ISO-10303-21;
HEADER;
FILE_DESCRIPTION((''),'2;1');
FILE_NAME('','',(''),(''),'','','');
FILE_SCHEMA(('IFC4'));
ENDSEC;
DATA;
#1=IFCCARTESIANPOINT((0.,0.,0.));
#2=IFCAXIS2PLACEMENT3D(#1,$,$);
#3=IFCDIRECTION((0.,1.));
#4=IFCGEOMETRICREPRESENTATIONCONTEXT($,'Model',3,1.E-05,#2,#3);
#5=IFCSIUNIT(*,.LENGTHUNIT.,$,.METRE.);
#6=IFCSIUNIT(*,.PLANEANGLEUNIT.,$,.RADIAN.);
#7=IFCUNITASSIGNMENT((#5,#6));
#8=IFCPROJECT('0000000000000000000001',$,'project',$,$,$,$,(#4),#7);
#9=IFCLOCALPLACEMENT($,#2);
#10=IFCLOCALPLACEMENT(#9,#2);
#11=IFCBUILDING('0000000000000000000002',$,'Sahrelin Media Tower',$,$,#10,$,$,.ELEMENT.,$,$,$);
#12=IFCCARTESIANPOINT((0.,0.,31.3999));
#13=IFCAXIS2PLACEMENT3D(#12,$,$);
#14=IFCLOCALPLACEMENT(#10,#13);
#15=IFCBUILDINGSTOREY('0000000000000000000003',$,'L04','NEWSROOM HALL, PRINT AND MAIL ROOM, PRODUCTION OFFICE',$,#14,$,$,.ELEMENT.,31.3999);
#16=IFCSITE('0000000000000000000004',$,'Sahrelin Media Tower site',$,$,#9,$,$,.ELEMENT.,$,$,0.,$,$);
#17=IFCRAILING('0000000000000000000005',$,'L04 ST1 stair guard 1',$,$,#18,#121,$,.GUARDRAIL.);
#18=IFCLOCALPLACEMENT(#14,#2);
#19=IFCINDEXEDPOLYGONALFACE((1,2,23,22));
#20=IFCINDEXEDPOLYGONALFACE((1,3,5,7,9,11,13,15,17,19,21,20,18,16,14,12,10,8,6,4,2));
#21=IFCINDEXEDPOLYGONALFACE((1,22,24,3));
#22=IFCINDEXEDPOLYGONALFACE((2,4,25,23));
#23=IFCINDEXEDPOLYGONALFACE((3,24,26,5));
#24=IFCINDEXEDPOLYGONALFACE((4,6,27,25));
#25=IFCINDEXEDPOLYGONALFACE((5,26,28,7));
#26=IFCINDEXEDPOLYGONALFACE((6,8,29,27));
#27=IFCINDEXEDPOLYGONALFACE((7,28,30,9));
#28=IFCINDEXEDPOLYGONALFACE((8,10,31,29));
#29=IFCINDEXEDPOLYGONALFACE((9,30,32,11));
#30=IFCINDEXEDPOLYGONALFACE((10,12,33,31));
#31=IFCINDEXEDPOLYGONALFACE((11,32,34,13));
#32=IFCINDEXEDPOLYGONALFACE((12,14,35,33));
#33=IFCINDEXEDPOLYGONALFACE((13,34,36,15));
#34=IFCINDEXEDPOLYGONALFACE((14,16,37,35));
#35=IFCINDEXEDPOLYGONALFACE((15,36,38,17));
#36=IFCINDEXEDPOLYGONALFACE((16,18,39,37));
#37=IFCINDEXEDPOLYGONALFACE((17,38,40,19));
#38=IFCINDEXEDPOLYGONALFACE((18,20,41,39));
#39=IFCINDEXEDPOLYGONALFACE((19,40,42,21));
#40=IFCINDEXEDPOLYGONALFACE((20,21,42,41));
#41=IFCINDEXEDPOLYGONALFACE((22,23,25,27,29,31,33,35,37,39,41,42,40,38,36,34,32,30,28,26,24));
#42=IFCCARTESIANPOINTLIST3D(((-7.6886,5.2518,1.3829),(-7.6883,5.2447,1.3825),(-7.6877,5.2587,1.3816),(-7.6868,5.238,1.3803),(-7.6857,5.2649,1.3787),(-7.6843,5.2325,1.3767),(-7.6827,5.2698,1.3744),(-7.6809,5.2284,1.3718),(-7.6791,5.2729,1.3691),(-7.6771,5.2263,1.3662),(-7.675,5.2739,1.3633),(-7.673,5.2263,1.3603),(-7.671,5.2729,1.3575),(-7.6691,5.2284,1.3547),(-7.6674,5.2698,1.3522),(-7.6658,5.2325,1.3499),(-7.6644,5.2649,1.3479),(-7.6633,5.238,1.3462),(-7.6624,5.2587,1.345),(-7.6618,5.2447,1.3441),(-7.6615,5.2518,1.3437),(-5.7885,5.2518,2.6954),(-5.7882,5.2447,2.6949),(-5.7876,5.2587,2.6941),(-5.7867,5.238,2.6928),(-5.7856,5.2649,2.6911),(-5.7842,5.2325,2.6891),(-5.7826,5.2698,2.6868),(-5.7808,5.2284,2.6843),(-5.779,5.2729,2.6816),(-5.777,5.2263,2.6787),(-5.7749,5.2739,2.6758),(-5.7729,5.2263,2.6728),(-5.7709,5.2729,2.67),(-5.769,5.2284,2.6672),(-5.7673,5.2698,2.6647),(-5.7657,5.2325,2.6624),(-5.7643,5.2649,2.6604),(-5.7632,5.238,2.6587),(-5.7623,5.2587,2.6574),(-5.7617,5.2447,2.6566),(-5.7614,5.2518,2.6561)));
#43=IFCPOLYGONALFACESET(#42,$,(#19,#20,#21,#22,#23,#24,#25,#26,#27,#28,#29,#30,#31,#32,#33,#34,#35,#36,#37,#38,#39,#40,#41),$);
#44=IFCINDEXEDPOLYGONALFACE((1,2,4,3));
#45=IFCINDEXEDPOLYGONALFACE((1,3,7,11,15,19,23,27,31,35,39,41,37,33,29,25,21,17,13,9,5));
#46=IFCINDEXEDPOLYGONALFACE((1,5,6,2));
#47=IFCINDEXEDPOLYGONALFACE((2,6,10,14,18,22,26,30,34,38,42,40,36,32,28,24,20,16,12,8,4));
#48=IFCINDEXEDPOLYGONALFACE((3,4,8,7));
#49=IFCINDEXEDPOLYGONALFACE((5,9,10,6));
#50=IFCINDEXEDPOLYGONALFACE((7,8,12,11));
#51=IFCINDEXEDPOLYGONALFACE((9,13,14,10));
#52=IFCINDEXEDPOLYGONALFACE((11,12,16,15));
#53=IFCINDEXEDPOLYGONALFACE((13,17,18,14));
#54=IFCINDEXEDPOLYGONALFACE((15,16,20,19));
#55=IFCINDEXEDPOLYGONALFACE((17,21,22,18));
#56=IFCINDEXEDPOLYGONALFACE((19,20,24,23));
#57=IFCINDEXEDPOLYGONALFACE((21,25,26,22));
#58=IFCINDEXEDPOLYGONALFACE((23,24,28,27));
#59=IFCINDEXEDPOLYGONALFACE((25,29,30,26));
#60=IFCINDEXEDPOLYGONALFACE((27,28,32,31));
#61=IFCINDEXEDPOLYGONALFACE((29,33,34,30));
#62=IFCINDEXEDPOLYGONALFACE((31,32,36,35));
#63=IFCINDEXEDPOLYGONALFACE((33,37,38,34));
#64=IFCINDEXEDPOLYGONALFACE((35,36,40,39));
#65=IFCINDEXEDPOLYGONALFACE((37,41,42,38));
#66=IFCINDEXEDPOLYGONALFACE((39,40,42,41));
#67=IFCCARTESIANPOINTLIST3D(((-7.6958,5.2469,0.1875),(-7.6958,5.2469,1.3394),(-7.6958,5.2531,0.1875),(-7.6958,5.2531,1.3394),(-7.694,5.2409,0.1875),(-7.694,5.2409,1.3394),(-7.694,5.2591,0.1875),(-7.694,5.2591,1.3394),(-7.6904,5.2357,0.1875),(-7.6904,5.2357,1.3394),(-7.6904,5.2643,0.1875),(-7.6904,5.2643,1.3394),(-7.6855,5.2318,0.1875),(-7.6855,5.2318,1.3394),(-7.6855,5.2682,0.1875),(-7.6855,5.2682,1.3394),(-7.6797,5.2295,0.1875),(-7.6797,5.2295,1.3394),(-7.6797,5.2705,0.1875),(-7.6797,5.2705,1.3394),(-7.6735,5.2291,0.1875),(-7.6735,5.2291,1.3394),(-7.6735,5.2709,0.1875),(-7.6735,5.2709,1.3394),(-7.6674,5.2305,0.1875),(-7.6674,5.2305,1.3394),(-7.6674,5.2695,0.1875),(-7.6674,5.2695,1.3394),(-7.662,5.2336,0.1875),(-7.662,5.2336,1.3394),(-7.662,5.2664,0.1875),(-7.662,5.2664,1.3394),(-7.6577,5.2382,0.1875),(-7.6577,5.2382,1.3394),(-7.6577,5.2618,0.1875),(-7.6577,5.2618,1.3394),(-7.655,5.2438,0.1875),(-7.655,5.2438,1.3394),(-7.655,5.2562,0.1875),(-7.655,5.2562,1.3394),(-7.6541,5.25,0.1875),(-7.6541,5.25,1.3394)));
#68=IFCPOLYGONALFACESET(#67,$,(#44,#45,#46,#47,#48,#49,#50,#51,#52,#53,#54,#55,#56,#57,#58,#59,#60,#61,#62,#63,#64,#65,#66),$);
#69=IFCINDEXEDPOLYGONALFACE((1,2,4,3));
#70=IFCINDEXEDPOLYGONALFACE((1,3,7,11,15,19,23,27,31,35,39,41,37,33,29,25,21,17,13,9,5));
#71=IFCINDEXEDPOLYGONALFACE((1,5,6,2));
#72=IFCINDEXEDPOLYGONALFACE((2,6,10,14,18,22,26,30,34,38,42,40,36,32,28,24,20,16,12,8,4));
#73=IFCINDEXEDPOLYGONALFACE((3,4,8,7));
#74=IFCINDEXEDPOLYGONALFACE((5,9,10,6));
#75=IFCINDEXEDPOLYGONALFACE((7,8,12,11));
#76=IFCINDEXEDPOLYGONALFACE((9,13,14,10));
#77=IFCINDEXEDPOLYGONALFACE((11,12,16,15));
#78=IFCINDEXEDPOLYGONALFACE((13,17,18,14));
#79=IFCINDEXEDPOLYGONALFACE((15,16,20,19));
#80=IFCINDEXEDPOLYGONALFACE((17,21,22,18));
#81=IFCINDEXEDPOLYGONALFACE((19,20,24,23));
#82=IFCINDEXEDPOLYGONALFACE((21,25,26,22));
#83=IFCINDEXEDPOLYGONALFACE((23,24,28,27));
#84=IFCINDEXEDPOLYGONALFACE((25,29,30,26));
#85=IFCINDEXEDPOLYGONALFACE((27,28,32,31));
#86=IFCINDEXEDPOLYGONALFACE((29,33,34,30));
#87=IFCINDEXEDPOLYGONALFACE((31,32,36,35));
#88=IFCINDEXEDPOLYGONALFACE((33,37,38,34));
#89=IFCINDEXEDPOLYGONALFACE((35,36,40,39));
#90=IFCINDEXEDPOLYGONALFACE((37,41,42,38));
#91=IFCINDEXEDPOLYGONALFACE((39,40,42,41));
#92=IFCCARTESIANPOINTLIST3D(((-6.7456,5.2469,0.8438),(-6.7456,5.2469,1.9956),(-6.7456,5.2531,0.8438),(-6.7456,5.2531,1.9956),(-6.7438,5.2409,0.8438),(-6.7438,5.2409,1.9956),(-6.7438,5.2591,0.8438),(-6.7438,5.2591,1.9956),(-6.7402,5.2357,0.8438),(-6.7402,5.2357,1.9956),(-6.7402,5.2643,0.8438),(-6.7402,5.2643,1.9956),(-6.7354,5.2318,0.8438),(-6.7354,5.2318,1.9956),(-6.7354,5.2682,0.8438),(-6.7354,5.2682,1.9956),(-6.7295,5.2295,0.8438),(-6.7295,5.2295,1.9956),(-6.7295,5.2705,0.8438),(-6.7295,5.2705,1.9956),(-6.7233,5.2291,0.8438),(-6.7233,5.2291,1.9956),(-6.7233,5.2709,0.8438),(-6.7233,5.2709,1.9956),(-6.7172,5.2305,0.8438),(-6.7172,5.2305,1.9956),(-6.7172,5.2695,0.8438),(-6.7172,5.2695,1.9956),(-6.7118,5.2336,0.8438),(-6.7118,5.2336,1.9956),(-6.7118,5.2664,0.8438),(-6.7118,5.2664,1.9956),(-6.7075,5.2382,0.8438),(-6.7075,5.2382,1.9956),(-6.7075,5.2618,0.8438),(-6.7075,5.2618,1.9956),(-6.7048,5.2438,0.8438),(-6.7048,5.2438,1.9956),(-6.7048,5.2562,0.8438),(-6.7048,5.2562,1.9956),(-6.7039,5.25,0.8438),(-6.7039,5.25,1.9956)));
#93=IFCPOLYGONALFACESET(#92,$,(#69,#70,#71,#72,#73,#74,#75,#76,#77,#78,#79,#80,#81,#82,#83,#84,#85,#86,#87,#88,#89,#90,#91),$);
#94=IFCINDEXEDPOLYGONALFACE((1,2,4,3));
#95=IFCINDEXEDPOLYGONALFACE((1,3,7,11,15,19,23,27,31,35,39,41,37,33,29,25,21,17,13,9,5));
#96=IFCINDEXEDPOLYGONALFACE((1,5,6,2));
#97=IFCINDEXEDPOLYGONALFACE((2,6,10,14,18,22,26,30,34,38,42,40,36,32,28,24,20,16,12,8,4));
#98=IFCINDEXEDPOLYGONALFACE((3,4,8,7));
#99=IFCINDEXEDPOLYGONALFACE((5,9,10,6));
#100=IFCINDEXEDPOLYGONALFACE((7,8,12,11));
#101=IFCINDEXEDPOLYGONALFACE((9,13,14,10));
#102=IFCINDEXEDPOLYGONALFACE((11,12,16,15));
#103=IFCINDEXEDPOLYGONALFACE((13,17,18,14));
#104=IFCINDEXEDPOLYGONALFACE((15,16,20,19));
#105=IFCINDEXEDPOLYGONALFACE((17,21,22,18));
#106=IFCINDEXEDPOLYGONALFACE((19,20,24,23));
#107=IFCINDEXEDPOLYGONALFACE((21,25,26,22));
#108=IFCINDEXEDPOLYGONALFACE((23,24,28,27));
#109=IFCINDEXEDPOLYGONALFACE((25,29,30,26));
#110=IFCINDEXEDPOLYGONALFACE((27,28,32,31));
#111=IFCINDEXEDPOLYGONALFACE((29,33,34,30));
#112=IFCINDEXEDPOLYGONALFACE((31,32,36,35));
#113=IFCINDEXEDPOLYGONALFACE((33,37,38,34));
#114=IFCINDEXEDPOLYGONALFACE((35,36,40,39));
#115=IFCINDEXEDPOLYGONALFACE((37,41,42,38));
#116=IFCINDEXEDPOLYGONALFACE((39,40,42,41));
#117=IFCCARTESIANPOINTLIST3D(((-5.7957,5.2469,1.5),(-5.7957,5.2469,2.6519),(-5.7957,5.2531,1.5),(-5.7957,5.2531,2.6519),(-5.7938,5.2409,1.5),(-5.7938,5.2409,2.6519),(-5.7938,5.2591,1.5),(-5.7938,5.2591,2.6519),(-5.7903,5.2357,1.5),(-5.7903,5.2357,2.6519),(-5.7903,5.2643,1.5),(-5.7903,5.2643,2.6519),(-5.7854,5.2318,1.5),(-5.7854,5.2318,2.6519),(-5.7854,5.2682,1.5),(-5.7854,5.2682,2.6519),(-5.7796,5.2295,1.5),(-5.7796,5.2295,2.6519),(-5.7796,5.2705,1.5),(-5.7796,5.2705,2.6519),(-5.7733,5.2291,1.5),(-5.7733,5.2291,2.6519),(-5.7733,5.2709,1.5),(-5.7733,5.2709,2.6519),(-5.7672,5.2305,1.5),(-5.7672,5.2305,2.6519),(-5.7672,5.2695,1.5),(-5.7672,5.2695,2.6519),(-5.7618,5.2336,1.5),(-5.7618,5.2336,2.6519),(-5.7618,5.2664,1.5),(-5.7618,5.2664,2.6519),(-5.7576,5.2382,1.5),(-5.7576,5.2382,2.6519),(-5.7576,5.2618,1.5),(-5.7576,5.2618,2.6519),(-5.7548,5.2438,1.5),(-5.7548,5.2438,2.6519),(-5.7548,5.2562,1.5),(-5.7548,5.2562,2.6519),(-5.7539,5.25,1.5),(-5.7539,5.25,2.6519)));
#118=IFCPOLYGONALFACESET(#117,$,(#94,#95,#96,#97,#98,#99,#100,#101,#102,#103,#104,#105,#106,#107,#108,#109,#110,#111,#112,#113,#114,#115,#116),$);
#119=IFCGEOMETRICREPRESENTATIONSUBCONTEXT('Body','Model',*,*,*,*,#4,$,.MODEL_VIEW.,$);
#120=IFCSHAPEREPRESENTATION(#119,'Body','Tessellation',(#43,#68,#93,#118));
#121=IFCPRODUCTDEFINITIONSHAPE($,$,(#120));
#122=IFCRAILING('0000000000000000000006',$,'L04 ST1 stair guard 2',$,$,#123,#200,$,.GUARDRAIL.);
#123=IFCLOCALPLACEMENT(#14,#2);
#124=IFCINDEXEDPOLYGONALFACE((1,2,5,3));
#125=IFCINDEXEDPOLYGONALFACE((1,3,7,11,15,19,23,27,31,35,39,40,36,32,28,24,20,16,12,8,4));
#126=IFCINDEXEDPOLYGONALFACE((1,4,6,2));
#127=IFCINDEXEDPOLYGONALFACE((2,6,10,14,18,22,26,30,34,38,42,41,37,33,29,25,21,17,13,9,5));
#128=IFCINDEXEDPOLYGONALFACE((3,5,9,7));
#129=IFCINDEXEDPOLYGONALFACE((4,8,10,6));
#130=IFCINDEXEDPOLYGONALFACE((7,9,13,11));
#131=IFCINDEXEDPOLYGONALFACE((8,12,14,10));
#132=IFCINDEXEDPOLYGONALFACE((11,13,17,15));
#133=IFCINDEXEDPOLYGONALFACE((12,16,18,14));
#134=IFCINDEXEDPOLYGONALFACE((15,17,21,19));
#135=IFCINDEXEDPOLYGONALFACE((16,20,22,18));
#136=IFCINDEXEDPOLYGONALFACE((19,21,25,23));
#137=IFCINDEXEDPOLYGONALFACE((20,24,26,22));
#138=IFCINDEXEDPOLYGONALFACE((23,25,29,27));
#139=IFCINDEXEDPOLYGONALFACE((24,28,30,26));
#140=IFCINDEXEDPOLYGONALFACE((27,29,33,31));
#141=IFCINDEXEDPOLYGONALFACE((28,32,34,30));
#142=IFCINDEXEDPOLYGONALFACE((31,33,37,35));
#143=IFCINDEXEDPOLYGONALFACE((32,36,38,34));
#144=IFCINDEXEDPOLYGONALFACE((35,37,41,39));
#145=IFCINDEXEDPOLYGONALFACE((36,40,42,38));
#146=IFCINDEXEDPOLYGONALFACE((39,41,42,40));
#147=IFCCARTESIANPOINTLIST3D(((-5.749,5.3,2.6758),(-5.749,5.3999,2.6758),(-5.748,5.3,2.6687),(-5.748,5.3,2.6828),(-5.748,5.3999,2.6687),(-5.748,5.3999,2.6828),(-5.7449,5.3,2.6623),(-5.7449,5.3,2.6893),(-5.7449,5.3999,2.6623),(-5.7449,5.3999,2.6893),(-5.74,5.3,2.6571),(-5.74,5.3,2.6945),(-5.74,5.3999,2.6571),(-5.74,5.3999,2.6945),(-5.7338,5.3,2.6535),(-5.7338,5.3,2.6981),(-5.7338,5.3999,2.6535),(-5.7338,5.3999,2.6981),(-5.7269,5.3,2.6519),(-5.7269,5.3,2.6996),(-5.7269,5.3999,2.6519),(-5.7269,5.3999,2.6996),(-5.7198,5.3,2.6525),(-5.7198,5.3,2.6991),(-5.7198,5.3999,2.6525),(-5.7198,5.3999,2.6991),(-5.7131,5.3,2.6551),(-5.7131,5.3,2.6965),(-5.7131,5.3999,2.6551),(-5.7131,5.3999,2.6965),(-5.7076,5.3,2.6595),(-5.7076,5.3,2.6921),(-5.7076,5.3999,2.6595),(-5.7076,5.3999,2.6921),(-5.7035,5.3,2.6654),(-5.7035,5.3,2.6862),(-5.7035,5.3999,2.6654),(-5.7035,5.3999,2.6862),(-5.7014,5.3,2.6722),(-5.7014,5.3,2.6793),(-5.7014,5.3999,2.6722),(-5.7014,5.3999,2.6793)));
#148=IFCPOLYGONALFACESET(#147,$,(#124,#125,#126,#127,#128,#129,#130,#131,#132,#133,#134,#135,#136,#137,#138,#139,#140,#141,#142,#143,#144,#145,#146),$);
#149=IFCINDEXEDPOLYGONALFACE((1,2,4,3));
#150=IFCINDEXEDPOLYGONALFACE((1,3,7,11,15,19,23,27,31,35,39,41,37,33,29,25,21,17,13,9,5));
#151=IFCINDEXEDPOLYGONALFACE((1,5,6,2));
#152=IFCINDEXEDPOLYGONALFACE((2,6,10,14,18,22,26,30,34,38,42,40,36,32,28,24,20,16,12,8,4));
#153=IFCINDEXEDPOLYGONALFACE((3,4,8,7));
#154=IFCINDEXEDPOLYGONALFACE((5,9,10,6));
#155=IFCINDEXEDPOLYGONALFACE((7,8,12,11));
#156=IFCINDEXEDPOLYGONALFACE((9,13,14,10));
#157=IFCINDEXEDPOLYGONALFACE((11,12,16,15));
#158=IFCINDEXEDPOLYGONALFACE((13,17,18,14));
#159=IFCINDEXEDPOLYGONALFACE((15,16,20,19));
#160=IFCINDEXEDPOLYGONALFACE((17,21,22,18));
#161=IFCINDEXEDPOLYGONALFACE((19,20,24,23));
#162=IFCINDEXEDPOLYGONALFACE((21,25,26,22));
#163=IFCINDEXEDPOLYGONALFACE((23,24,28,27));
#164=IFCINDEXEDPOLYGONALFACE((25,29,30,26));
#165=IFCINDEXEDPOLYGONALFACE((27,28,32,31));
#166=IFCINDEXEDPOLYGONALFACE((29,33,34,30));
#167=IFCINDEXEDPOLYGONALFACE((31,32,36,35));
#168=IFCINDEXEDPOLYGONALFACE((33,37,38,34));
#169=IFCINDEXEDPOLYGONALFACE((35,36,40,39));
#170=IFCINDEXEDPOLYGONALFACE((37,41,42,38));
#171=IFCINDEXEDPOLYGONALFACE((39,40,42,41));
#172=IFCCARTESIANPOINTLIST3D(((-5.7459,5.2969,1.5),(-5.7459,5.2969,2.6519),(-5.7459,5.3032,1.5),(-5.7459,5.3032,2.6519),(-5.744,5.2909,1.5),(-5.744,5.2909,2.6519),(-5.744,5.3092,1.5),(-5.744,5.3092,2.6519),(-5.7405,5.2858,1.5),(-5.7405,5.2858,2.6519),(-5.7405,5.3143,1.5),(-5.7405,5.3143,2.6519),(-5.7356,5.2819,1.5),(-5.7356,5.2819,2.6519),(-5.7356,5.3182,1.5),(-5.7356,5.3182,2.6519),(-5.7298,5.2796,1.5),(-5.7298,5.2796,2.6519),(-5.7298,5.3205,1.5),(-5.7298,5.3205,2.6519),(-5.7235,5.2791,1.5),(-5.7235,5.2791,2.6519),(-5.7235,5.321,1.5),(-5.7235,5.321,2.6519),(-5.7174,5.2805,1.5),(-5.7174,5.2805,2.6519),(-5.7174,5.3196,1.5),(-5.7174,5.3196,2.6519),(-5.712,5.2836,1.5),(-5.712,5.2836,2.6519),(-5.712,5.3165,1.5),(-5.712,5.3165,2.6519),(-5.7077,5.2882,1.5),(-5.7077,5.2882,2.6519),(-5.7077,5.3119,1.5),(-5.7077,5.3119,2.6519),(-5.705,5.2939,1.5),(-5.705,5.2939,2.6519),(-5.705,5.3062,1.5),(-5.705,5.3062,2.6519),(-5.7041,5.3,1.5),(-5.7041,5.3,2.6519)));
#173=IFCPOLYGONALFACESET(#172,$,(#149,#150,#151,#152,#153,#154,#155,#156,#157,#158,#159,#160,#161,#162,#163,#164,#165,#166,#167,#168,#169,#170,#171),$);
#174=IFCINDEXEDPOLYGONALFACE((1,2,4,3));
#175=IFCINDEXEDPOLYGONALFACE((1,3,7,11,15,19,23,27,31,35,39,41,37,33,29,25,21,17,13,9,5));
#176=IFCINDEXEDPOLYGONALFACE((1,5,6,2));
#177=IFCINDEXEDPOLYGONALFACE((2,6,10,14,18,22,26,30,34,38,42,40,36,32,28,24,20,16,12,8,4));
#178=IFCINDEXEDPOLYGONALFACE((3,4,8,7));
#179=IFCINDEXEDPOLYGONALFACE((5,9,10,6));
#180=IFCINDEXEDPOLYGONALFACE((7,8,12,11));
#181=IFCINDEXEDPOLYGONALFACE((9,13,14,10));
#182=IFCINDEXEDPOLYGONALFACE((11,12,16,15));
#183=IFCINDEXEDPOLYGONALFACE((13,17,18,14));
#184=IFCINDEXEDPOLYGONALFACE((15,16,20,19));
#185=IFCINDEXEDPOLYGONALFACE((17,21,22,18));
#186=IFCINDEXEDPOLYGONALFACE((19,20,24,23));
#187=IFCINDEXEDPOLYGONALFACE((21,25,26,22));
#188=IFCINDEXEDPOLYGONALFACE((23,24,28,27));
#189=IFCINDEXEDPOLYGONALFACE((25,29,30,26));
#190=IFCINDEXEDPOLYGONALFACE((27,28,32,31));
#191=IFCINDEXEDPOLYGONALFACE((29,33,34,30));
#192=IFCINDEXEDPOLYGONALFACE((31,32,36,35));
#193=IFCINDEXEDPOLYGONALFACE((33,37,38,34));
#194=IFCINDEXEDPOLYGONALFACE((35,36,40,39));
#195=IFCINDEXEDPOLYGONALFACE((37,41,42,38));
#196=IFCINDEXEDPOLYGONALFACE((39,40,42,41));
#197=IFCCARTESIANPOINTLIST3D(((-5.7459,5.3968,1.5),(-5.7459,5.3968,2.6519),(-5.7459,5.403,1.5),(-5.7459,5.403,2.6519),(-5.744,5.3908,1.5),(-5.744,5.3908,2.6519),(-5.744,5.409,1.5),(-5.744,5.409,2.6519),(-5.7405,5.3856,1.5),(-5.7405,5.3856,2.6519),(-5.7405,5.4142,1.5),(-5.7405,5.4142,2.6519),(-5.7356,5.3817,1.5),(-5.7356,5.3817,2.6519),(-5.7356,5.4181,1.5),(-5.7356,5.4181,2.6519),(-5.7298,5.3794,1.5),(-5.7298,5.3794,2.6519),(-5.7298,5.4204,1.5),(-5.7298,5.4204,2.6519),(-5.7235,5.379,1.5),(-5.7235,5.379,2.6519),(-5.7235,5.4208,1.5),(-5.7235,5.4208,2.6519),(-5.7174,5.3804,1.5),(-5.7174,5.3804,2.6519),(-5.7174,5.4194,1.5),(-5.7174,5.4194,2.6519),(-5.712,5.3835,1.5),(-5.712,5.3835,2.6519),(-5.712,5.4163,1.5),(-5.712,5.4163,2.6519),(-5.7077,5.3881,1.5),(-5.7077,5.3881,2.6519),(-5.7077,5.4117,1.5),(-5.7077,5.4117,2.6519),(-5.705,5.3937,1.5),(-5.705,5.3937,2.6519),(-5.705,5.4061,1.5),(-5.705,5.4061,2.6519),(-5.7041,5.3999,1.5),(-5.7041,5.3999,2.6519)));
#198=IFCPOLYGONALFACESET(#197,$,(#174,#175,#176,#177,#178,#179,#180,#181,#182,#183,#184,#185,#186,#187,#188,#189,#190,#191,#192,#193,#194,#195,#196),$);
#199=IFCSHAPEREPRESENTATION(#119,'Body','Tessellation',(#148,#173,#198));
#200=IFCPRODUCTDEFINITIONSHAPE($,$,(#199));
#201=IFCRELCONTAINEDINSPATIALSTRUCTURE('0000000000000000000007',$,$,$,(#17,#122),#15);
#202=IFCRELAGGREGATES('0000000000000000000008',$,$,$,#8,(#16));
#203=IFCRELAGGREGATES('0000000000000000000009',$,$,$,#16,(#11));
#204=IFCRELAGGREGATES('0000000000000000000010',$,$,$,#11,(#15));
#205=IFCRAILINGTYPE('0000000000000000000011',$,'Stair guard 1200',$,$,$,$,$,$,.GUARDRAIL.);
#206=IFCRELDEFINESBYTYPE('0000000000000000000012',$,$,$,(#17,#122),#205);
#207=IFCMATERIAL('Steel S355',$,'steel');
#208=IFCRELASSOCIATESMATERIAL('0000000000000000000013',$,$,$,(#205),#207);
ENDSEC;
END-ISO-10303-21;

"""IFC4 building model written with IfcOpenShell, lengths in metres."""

from ifc_helpers import new_model, si_unit, direction, frame, origin, origin_2d, place, context, subcontext, project, spatial, circle, extrude, material, type_object, element, save


model = new_model("IFC4")

# Units and contexts
model_context = context("Model", 3, precision=1e-05, world=origin(), true_north=direction((0.0, 1.0)))
body_context = subcontext(model_context, "Body", "Model", "MODEL_VIEW")
ifc_project = project(units=[si_unit("LENGTHUNIT", "METRE"), si_unit("PLANEANGLEUNIT", "RADIAN")], contexts=[model_context])

# Site, building, storey
site_placement = place(None, origin())
site = spatial("IfcSite", under=ifc_project, at=site_placement, Name="Sahrelin Media Tower site", CompositionType="ELEMENT", RefElevation=0.0)
building_placement = place(site_placement, origin())
building = spatial("IfcBuilding", under=site, at=building_placement, Name="Sahrelin Media Tower", CompositionType="ELEMENT")
storey_placement = place(building_placement, frame((0.0, 0.0, 31.3999)))
storey = spatial("IfcBuildingStorey", under=building, at=storey_placement, Name="L04", Description="NEWSROOM HALL, PRINT AND MAIL ROOM, PRODUCTION OFFICE", CompositionType="ELEMENT", Elevation=31.3999)

# Shared definitions
ifc_material_1 = material(Name="Steel S355", Category="steel")

# Railings
railing_type_1 = type_object("IfcRailingType", Name="Stair guard 1200", PredefinedType="GUARDRAIL", material=ifc_material_1)
railing_1_placement = place(storey_placement, frame((-7.675, 5.25, 0.1875)))
element("IfcRailing", 1, at=railing_1_placement, inside=storey, type_object=railing_type_1, Name="L04 ST1 stair guard 1", PredefinedType="GUARDRAIL", context=body_context, shape_type="SweptSolid", body=[
    extrude(circle(Radius=0.0239, at=origin_2d()), frame((0.0, 0.0, 1.1758), z_axis=(0.822797, 0.0, 0.568336), x_axis=(0.0, 1.0, 0.0)), (0.0, 0.0, 1.0), 2.3093),
    extrude(circle(Radius=0.021, at=origin_2d()), origin(), (0.0, 0.0, 1.0), 1.1519),
    extrude(circle(Radius=0.021, at=origin_2d()), frame((0.9502, 0.0, 0.6562)), (0.0, 0.0, 1.0), 1.1519),
    extrude(circle(Radius=0.021, at=origin_2d()), frame((1.9001, 0.0, 1.3125)), (0.0, 0.0, 1.0), 1.1519),
])
for number, where, name in (
    (2, (-5.7251, 5.3, 1.5), "L04 ST1 stair guard 2"),
):
    element("IfcRailing", number, at=place(storey_placement, frame(where)), inside=storey, type_object=railing_type_1, Name=name, PredefinedType="GUARDRAIL", context=body_context, shape_type="SweptSolid", body=[
        extrude(circle(Radius=0.0239, at=origin_2d()), frame((0.0, 0.0, 1.1758), z_axis=(0.0, 1.0, 0.0), x_axis=(-1.0, 0.0, 0.0)), (0.0, 0.0, 1.0), 0.0999),
        extrude(circle(Radius=0.021, at=origin_2d()), origin(), (0.0, 0.0, 1.0), 1.1519),
        extrude(circle(Radius=0.021, at=origin_2d()), frame((0.0, 0.0999, 0.0)), (0.0, 0.0, 1.0), 1.1519),
    ])

save(model, "model.ifc")
